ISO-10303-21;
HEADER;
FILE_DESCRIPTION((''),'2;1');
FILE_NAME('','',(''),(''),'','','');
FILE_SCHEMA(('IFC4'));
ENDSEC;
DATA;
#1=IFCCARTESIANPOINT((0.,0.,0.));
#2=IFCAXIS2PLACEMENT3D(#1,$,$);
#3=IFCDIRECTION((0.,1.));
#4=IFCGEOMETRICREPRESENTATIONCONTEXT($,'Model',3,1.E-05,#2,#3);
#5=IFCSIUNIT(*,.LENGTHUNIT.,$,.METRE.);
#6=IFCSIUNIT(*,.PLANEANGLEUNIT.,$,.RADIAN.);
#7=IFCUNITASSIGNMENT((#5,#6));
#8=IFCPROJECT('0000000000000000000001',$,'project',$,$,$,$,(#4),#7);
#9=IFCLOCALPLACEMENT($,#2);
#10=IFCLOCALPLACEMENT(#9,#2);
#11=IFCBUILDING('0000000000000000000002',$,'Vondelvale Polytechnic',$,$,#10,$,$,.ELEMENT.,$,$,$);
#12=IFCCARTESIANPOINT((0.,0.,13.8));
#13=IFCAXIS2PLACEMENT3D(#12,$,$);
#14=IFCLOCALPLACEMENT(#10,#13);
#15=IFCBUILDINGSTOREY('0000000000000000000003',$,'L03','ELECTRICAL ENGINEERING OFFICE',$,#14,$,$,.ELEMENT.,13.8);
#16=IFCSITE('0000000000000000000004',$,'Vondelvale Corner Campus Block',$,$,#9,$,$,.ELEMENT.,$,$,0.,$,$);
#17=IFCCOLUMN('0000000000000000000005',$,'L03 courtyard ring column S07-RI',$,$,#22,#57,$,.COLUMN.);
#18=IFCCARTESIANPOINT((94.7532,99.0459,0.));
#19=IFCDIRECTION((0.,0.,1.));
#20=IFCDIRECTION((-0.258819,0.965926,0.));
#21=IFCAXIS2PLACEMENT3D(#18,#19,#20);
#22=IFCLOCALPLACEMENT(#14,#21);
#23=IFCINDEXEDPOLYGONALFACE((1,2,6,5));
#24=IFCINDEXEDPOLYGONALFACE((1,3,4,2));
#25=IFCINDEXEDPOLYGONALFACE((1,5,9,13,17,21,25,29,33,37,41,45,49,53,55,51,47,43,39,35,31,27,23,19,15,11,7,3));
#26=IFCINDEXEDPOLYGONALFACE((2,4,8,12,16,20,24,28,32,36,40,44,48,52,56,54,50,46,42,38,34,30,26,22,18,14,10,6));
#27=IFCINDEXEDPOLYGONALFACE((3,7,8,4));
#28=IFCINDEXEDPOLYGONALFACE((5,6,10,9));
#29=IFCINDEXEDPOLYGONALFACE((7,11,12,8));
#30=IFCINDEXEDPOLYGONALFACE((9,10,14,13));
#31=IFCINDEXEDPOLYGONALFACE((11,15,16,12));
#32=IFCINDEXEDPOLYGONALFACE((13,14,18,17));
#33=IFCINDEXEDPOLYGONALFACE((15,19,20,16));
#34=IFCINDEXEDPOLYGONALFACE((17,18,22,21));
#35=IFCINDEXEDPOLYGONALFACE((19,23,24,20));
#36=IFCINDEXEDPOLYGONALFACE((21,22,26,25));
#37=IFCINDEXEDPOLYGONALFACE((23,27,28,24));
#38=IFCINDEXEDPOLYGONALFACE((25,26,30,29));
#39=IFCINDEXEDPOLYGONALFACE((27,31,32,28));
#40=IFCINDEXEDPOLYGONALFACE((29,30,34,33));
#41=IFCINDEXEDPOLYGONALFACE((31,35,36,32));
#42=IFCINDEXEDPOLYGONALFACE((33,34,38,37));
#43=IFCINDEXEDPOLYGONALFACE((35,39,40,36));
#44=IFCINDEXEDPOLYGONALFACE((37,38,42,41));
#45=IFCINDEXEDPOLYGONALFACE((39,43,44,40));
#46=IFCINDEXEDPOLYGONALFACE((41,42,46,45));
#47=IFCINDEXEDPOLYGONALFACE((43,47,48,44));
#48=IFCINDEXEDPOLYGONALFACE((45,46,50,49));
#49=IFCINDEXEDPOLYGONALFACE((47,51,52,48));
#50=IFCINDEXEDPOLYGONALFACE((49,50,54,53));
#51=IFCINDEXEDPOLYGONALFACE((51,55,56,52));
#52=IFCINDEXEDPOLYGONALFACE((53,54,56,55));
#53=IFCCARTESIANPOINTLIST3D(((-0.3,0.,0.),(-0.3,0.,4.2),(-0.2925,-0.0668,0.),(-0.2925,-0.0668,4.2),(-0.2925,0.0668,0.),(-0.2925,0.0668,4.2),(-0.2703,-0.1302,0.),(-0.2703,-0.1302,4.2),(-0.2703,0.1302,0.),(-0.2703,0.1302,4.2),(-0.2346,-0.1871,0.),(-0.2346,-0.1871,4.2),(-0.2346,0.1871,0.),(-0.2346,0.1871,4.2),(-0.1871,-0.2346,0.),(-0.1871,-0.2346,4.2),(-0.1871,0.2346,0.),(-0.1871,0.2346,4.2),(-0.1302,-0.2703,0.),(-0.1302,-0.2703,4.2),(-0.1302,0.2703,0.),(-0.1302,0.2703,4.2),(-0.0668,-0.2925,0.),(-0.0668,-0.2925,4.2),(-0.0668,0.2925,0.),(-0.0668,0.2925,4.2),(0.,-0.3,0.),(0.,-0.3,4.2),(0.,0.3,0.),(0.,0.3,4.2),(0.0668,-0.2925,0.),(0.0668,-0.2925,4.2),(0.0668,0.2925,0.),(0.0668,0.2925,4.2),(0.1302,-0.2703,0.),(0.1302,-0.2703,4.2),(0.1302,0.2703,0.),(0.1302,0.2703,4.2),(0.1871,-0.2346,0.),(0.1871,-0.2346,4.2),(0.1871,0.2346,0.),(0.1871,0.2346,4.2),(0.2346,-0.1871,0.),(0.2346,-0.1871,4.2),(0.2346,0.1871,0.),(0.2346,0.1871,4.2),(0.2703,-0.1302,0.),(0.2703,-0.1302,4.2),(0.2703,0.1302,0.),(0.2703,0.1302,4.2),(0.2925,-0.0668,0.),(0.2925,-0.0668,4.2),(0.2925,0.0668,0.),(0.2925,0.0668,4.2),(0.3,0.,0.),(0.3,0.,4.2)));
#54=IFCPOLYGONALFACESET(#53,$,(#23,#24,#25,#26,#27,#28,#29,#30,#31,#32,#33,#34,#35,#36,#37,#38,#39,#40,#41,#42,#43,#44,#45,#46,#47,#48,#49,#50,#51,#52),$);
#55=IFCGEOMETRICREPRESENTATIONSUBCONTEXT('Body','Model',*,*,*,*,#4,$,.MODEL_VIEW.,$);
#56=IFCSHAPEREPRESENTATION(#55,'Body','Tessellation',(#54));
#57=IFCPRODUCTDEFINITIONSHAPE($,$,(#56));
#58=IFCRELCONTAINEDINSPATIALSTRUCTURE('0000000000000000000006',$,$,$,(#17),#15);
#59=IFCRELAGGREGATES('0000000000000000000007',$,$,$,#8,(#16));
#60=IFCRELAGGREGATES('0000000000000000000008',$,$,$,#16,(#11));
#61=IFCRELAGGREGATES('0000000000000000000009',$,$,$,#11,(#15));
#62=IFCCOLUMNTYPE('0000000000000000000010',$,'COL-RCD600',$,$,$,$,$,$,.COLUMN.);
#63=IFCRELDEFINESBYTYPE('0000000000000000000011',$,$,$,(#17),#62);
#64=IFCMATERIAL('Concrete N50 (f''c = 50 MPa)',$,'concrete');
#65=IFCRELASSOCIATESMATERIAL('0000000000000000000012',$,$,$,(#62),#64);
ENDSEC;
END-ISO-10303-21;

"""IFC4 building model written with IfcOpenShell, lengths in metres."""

from ifc_helpers import new_model, si_unit, direction, frame, origin, origin_2d, place, context, subcontext, project, spatial, circle, extrude, material, material_profile, profile_set, type_object, element, save


model = new_model("IFC4")

# Units and contexts
model_context = context("Model", 3, precision=1e-05, world=origin(), true_north=direction((0.0, 1.0)))
body_context = subcontext(model_context, "Body", "Model", "MODEL_VIEW")
ifc_project = project(units=[si_unit("LENGTHUNIT", "METRE"), si_unit("PLANEANGLEUNIT", "RADIAN")], contexts=[model_context])

# Site, building, storey
site_placement = place(None, origin())
site = spatial("IfcSite", under=ifc_project, at=site_placement, Name="Vondelvale Corner Campus Block", CompositionType="ELEMENT", RefElevation=0.0)
building_placement = place(site_placement, origin())
building = spatial("IfcBuilding", under=site, at=building_placement, Name="Vondelvale Polytechnic", CompositionType="ELEMENT")
storey_placement = place(building_placement, frame((0.0, 0.0, 13.8)))
storey = spatial("IfcBuildingStorey", under=building, at=storey_placement, Name="L03", Description="ELECTRICAL ENGINEERING OFFICE", CompositionType="ELEMENT", Elevation=13.8)

# Column
ifc_material_1 = material(Name="Concrete N50 (f'c = 50 MPa)", Category="concrete")
ifc_material_profile_1 = material_profile(ifc_material_1, circle(Radius=0.3, at=origin_2d()), Name="RC-COL-D600")
ifc_profile_set_1 = profile_set([ifc_material_profile_1], Name="Concrete N50 (f'c = 50 MPa)")
column_type = type_object("IfcColumnType", Name="COL-RCD600", PredefinedType="COLUMN", material=ifc_profile_set_1)
column_placement = place(storey_placement, frame((94.7532, 99.0459, 0.0), z_axis=(0.0, 0.0, 1.0), x_axis=(-0.258819, 0.965926, 0.0)))
element("IfcColumn", 1, at=column_placement, inside=storey, type_object=column_type, Name="L03 courtyard ring column S07-RI", PredefinedType="COLUMN", context=body_context, shape_type="SweptSolid", body=[
    extrude(circle(Radius=0.3, at=origin_2d()), origin(), (0.0, 0.0, 1.0), 4.2),
])

save(model, "model.ifc")
